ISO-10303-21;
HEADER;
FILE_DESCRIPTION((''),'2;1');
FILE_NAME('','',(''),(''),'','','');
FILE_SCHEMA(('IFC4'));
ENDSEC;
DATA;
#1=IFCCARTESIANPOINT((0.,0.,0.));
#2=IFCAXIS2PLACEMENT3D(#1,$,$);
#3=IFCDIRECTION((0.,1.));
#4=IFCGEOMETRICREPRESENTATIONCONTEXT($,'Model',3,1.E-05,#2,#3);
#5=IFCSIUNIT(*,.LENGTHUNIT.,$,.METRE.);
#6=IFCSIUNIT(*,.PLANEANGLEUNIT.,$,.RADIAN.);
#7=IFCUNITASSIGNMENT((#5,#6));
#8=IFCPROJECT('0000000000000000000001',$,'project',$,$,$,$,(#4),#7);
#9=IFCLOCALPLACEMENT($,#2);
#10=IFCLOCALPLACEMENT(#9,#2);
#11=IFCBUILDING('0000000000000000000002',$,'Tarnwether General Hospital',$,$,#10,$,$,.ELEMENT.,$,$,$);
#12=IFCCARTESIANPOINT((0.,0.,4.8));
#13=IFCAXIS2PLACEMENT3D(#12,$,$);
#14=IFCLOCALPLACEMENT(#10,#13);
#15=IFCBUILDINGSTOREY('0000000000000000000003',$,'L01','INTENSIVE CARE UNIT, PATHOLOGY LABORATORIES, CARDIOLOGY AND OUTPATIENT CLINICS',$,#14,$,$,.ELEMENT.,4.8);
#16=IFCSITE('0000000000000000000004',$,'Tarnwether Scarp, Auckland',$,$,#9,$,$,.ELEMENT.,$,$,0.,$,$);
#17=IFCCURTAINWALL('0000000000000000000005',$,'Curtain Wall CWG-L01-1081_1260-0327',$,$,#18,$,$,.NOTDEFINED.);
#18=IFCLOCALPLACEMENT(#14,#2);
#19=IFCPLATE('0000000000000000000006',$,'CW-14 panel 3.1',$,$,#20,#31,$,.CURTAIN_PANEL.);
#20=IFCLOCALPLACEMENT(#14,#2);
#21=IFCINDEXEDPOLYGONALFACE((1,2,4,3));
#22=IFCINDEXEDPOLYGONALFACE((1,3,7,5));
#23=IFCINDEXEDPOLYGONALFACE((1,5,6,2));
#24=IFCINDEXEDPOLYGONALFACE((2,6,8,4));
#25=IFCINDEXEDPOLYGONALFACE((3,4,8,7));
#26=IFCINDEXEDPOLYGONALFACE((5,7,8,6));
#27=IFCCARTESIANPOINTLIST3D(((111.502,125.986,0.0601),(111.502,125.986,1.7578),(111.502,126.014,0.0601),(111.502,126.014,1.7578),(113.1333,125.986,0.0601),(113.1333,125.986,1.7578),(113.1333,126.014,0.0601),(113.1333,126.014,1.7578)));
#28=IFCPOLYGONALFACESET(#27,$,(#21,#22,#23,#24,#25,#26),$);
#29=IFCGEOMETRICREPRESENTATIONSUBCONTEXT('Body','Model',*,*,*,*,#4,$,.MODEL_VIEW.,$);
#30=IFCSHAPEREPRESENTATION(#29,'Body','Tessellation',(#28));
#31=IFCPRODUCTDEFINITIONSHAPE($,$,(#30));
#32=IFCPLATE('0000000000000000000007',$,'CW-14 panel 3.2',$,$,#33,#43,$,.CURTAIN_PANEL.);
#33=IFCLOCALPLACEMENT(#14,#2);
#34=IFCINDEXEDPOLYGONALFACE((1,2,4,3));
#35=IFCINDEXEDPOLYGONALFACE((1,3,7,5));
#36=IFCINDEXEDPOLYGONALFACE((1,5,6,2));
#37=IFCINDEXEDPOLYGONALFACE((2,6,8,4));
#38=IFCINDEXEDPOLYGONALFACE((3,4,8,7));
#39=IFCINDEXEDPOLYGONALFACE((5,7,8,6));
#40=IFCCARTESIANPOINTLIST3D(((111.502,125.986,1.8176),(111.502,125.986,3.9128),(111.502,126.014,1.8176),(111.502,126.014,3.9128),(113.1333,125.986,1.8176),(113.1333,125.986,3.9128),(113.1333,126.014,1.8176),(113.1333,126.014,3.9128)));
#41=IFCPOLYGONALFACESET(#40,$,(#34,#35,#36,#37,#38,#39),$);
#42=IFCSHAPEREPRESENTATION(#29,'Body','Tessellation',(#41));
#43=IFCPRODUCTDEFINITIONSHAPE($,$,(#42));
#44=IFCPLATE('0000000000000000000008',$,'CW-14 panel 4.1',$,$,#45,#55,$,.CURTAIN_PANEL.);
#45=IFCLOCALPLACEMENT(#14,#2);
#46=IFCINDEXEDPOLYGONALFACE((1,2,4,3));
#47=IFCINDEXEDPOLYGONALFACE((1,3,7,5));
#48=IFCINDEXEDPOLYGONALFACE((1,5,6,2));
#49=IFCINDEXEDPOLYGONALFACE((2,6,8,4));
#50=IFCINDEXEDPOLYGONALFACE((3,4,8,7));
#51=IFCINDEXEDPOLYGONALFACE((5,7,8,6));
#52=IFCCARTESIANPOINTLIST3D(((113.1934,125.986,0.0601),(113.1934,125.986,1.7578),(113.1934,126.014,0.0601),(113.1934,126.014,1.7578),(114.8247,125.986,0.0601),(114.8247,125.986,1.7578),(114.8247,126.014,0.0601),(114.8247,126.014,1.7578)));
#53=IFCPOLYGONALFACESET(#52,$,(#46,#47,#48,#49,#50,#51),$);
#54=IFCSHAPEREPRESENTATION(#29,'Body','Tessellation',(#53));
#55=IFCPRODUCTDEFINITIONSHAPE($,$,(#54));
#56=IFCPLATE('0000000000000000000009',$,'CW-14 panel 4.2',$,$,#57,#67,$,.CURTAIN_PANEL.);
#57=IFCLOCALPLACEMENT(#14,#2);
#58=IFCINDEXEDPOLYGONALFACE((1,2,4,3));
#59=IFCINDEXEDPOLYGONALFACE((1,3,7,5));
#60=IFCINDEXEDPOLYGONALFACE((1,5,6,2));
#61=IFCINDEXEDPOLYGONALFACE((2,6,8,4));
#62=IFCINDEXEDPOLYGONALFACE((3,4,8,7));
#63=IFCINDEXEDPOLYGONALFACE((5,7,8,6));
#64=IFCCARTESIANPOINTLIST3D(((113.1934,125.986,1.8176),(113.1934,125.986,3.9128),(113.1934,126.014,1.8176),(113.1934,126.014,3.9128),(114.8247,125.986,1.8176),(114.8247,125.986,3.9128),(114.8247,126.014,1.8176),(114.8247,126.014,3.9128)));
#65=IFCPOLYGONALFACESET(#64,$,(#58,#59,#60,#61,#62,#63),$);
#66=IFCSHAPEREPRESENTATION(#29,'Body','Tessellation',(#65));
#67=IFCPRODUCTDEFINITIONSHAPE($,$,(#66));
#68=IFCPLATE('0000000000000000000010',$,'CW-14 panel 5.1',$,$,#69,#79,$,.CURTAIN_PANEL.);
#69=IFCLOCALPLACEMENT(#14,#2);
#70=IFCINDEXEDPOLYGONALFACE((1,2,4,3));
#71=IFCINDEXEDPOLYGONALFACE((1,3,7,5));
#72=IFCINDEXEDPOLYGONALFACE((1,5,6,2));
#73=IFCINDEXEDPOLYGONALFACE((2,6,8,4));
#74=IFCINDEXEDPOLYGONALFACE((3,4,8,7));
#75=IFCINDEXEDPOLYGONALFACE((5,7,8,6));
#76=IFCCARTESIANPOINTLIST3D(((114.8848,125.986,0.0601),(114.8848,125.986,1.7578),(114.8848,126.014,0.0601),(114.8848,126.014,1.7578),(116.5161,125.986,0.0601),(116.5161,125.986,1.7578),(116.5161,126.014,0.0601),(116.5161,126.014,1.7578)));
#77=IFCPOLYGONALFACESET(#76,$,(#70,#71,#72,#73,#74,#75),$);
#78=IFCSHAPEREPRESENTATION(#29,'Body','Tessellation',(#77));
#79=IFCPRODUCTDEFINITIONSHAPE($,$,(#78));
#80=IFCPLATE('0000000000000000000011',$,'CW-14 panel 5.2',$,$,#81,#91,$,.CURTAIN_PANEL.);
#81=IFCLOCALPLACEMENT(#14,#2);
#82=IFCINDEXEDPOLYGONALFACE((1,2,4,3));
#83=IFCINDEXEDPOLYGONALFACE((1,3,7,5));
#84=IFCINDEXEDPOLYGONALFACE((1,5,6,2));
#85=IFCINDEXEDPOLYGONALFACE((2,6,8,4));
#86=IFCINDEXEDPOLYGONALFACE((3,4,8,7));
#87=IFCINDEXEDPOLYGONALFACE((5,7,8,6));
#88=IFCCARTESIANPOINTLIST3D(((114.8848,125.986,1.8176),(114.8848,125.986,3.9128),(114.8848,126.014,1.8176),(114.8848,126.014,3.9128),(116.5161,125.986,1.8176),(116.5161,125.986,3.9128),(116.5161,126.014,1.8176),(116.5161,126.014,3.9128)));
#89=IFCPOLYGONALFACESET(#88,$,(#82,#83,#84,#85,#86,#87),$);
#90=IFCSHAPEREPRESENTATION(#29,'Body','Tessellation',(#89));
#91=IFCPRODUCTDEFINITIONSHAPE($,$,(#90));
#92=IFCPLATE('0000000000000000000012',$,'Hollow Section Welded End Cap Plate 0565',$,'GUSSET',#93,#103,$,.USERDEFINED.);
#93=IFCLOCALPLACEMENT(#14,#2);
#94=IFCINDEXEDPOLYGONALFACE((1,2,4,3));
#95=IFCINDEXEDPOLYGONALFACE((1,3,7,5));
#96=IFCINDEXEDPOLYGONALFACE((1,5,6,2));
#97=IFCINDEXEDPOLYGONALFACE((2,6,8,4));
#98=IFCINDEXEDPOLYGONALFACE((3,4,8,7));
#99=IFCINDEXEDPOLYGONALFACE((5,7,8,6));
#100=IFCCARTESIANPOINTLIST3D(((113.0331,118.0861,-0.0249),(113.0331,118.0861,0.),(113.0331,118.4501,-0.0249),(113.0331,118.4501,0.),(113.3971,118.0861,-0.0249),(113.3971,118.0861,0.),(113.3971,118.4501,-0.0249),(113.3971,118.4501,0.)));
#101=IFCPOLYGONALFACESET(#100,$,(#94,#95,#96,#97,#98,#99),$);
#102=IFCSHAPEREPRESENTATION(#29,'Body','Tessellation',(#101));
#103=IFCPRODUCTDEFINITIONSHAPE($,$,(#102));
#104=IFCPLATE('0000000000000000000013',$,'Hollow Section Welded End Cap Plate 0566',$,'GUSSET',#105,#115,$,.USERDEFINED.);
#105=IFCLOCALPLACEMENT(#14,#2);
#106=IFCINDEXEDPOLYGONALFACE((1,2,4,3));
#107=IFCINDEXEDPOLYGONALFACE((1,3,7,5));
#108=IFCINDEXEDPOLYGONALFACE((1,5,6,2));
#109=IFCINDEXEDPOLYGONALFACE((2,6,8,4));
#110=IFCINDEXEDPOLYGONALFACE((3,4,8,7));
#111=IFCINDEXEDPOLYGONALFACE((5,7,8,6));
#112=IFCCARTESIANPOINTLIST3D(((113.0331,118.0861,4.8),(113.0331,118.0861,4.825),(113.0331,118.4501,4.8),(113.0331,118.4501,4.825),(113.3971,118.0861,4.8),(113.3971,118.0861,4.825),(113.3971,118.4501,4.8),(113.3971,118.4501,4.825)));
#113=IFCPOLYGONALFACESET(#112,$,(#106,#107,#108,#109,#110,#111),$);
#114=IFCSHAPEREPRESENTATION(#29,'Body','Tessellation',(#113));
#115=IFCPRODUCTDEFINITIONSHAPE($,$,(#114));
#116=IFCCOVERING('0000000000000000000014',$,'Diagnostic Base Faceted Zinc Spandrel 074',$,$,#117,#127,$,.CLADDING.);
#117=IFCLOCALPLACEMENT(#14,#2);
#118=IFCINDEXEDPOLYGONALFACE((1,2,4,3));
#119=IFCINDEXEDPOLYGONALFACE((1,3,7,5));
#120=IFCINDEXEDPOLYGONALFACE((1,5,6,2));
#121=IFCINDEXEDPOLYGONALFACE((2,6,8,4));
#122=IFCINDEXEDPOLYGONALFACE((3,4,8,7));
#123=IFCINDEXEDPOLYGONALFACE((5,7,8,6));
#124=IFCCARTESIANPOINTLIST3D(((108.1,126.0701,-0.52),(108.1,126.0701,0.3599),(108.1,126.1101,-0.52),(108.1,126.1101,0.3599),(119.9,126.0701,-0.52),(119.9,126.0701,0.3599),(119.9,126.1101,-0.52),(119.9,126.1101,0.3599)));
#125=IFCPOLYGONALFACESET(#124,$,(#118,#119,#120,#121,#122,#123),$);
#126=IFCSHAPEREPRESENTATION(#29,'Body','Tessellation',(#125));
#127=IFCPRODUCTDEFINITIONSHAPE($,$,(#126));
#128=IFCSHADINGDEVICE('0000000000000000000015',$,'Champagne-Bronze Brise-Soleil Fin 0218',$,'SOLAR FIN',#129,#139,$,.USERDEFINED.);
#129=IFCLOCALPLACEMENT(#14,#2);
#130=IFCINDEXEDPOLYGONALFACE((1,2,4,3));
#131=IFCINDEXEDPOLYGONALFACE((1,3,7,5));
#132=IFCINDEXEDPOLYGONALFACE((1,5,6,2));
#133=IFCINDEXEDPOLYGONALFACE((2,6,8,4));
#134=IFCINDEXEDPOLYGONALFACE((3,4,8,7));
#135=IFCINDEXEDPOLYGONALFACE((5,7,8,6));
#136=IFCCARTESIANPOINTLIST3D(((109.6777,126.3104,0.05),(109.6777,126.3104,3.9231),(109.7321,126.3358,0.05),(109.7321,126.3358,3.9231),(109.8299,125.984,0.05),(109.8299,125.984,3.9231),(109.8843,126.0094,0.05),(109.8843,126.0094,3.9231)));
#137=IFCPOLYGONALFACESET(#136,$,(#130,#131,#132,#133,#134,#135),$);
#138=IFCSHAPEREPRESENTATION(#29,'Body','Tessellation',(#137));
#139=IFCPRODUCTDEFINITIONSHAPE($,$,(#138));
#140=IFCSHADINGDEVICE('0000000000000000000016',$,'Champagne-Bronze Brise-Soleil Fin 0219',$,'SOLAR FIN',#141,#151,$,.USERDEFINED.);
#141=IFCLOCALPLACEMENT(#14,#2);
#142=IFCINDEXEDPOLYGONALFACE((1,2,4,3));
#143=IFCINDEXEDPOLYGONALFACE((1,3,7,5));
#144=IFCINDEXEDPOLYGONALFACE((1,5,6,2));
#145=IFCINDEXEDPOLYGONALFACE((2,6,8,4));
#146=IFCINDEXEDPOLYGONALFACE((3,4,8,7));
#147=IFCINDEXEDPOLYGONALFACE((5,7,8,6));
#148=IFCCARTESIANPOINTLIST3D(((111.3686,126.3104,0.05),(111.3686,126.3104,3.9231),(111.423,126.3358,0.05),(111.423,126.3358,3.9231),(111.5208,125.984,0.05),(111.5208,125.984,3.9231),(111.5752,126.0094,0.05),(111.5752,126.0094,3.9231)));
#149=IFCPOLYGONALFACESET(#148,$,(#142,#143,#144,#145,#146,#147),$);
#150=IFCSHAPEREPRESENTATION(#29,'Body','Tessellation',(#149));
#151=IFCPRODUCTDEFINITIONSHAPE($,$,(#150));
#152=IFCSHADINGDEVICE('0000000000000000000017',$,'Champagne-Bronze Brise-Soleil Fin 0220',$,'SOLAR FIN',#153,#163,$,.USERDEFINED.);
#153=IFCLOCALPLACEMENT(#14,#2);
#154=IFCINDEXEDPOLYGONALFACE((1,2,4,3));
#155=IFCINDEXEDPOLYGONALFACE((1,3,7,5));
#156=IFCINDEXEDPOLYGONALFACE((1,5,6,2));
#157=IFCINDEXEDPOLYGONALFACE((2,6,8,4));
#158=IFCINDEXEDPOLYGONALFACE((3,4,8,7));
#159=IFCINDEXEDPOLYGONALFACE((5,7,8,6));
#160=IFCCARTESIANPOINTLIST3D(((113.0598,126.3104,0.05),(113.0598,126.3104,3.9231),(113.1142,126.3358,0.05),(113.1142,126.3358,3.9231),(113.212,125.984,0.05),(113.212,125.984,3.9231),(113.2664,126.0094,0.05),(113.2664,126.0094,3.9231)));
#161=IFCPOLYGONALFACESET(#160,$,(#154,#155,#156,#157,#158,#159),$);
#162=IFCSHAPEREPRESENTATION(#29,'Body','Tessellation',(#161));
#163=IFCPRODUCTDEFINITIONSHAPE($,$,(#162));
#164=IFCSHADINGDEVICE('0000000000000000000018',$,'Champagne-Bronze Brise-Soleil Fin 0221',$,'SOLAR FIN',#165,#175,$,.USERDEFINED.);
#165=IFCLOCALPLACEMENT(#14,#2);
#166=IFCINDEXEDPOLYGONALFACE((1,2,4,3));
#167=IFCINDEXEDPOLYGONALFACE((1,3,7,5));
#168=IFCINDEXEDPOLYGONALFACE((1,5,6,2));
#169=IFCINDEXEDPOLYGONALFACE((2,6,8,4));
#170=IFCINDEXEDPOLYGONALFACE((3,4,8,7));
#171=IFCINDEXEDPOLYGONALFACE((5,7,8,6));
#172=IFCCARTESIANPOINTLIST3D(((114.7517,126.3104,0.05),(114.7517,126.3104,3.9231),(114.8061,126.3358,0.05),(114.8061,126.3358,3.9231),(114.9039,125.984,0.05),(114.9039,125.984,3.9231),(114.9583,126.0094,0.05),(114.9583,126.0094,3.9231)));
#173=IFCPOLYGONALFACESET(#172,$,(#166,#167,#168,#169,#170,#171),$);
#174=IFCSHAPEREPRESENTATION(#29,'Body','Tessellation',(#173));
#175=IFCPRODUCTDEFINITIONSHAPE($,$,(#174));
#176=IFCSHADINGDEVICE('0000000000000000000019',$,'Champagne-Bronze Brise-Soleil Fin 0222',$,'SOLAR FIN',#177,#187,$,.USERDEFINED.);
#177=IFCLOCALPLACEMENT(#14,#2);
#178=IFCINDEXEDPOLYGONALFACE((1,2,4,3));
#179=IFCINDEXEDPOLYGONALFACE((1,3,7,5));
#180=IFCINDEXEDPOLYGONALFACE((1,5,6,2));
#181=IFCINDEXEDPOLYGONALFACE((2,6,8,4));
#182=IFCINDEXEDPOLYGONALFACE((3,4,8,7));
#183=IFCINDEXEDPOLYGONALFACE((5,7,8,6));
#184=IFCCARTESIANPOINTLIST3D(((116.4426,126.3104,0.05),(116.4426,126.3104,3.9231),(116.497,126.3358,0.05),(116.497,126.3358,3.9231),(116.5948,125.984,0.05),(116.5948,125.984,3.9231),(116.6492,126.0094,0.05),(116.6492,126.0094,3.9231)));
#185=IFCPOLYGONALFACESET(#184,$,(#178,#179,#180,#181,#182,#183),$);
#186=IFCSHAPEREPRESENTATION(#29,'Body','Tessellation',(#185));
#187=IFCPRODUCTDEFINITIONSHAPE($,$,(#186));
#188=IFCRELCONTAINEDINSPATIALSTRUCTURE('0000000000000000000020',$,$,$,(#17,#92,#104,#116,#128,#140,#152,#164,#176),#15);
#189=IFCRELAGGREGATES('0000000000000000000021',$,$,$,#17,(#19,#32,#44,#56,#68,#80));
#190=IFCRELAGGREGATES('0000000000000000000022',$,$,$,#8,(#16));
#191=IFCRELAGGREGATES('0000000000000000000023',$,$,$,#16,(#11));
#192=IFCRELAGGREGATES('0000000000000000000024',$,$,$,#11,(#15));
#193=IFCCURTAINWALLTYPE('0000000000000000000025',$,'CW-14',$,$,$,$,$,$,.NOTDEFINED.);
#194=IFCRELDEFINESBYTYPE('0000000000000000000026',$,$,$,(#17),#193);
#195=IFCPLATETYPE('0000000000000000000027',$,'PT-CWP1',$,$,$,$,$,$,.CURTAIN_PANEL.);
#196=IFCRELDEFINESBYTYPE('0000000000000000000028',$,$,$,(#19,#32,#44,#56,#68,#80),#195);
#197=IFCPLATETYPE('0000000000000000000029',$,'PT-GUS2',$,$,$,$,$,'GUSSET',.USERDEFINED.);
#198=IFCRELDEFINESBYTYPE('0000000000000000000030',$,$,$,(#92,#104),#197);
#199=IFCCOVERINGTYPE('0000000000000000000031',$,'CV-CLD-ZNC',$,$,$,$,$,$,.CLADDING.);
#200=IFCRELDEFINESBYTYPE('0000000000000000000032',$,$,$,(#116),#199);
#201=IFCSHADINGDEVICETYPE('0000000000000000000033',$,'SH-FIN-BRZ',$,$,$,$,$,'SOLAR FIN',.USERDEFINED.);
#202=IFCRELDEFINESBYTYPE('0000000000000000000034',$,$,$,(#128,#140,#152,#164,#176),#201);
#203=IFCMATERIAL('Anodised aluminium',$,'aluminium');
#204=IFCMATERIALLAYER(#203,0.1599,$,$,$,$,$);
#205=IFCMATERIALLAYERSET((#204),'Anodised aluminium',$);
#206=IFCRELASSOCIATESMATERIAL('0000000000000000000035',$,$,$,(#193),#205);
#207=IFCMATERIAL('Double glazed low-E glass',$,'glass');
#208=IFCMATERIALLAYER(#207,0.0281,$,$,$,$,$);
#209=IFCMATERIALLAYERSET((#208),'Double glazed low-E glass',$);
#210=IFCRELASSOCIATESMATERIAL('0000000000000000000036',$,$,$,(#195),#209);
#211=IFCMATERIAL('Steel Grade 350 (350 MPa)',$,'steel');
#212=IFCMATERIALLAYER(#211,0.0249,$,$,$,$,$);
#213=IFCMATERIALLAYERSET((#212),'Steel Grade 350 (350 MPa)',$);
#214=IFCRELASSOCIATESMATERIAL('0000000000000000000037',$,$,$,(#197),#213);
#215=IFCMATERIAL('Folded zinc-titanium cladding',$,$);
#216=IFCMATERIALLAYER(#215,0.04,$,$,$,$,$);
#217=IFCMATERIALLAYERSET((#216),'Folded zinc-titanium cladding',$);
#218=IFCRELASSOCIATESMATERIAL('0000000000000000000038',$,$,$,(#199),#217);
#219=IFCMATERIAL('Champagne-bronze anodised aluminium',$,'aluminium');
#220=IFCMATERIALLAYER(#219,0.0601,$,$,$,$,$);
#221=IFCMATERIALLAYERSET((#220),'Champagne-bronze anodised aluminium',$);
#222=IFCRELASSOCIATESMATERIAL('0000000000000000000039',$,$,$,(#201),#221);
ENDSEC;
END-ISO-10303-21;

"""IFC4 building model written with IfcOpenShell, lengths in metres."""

from ifc_helpers import new_model, si_unit, direction, frame, origin, origin_2d, place, context, subcontext, project, spatial, rectangle, extrude, material, layer, layer_set, type_object, element, aggregate, save


model = new_model("IFC4")

# Units and contexts
model_context = context("Model", 3, precision=1e-05, world=origin(), true_north=direction((0.0, 1.0)))
body_context = subcontext(model_context, "Body", "Model", "MODEL_VIEW")
ifc_project = project(units=[si_unit("LENGTHUNIT", "METRE"), si_unit("PLANEANGLEUNIT", "RADIAN")], contexts=[model_context])

# Site, building, storey
site_placement = place(None, origin())
site = spatial("IfcSite", under=ifc_project, at=site_placement, Name="Tarnwether Scarp, Auckland", CompositionType="ELEMENT", RefElevation=0.0)
building_placement = place(site_placement, origin())
building = spatial("IfcBuilding", under=site, at=building_placement, Name="Tarnwether General Hospital", CompositionType="ELEMENT")
storey_placement = place(building_placement, frame((0.0, 0.0, 4.8)))
storey = spatial("IfcBuildingStorey", under=building, at=storey_placement, Name="L01", Description="INTENSIVE CARE UNIT, PATHOLOGY LABORATORIES, CARDIOLOGY AND OUTPATIENT CLINICS", CompositionType="ELEMENT", Elevation=4.8)

# Curtain wall, plates
ifc_material_1 = material(Name="Anodised aluminium", Category="aluminium")
ifc_layer_1 = layer(ifc_material_1, 0.1599)
ifc_layer_set_1 = layer_set([ifc_layer_1], Name="Anodised aluminium")
curtain_wall_type = type_object("IfcCurtainWallType", Name="CW-14", PredefinedType="NOTDEFINED", material=ifc_layer_set_1)
curtain_wall_placement = place(storey_placement, origin())
curtain_wall = element("IfcCurtainWall", 1, at=curtain_wall_placement, inside=storey, type_object=curtain_wall_type, Name="Curtain Wall CWG-L01-1081_1260-0327", PredefinedType="NOTDEFINED")
ifc_material_2 = material(Name="Double glazed low-E glass", Category="glass")
ifc_layer_2 = layer(ifc_material_2, 0.0281)
ifc_layer_set_2 = layer_set([ifc_layer_2], Name="Double glazed low-E glass")
plate_type_1 = type_object("IfcPlateType", Name="PT-CWP1", PredefinedType="CURTAIN_PANEL", material=ifc_layer_set_2)
plate_1_placement = place(storey_placement, frame((112.3176, 126.0, 0.0601), z_axis=(0.0, 0.0, 1.0), x_axis=(1.0, 0.0, 0.0)))
plate_1 = element("IfcPlate", 2, at=plate_1_placement, type_object=plate_type_1, Name="CW-14 panel 3.1", PredefinedType="CURTAIN_PANEL", context=body_context, shape_type="SweptSolid", body=[
    extrude(rectangle(XDim=1.6313, YDim=0.0281, at=origin_2d()), origin(), (0.0, 0.0, 1.0), 1.6978),
])
plate_2_placement = place(storey_placement, frame((112.3176, 126.0, 1.8176), z_axis=(0.0, 0.0, 1.0), x_axis=(1.0, 0.0, 0.0)))
plate_2 = element("IfcPlate", 3, at=plate_2_placement, type_object=plate_type_1, Name="CW-14 panel 3.2", PredefinedType="CURTAIN_PANEL", context=body_context, shape_type="SweptSolid", body=[
    extrude(rectangle(XDim=1.6313, YDim=0.0281, at=origin_2d()), origin(), (0.0, 0.0, 1.0), 2.0952),
])
plate_3_placement = place(storey_placement, frame((114.009, 126.0, 0.0601), z_axis=(0.0, 0.0, 1.0), x_axis=(1.0, 0.0, 0.0)))
plate_3 = element("IfcPlate", 4, at=plate_3_placement, type_object=plate_type_1, Name="CW-14 panel 4.1", PredefinedType="CURTAIN_PANEL", context=body_context, shape_type="SweptSolid", body=[
    extrude(rectangle(XDim=1.6313, YDim=0.0281, at=origin_2d()), origin(), (0.0, 0.0, 1.0), 1.6978),
])
plate_4_placement = place(storey_placement, frame((114.009, 126.0, 1.8176), z_axis=(0.0, 0.0, 1.0), x_axis=(1.0, 0.0, 0.0)))
plate_4 = element("IfcPlate", 5, at=plate_4_placement, type_object=plate_type_1, Name="CW-14 panel 4.2", PredefinedType="CURTAIN_PANEL", context=body_context, shape_type="SweptSolid", body=[
    extrude(rectangle(XDim=1.6313, YDim=0.0281, at=origin_2d()), origin(), (0.0, 0.0, 1.0), 2.0952),
])
plate_5_placement = place(storey_placement, frame((115.7004, 126.0, 0.0601), z_axis=(0.0, 0.0, 1.0), x_axis=(1.0, 0.0, 0.0)))
plate_5 = element("IfcPlate", 6, at=plate_5_placement, type_object=plate_type_1, Name="CW-14 panel 5.1", PredefinedType="CURTAIN_PANEL", context=body_context, shape_type="SweptSolid", body=[
    extrude(rectangle(XDim=1.6313, YDim=0.0281, at=origin_2d()), origin(), (0.0, 0.0, 1.0), 1.6978),
])
plate_6_placement = place(storey_placement, frame((115.7004, 126.0, 1.8176), z_axis=(0.0, 0.0, 1.0), x_axis=(1.0, 0.0, 0.0)))
plate_6 = element("IfcPlate", 7, at=plate_6_placement, type_object=plate_type_1, Name="CW-14 panel 5.2", PredefinedType="CURTAIN_PANEL", context=body_context, shape_type="SweptSolid", body=[
    extrude(rectangle(XDim=1.6313, YDim=0.0281, at=origin_2d()), origin(), (0.0, 0.0, 1.0), 2.0952),
])
aggregate(curtain_wall, [plate_1, plate_2, plate_3, plate_4, plate_5, plate_6])

# Plates
ifc_material_3 = material(Name="Steel Grade 350 (350 MPa)", Category="steel")
ifc_layer_3 = layer(ifc_material_3, 0.0249)
ifc_layer_set_3 = layer_set([ifc_layer_3], Name="Steel Grade 350 (350 MPa)")
plate_type_2 = type_object("IfcPlateType", Name="PT-GUS2", ElementType="GUSSET", PredefinedType="USERDEFINED", material=ifc_layer_set_3)
for number, where, z_axis, x_axis, name in (
    (8, (113.2151, 118.2681, -0.0249), (0.0, 0.0, 1.0), (1.0, 0.0, 0.0), "Hollow Section Welded End Cap Plate 0565"),
    (9, (113.2151, 118.2681, 4.8), (0.0, 0.0, 1.0), (1.0, 0.0, 0.0), "Hollow Section Welded End Cap Plate 0566"),
):
    element("IfcPlate", number, at=place(storey_placement, frame(where, z_axis=z_axis, x_axis=x_axis)), inside=storey, type_object=plate_type_2, Name=name, ObjectType="GUSSET", PredefinedType="USERDEFINED", context=body_context, shape_type="SweptSolid", body=[
        extrude(rectangle(XDim=0.364, YDim=0.364, at=origin_2d()), origin(), (0.0, 0.0, 1.0), 0.0249),
    ])

# Covering
ifc_material_4 = material(Name="Folded zinc-titanium cladding")
ifc_layer_4 = layer(ifc_material_4, 0.04)
ifc_layer_set_4 = layer_set([ifc_layer_4], Name="Folded zinc-titanium cladding")
covering_type = type_object("IfcCoveringType", Name="CV-CLD-ZNC", PredefinedType="CLADDING", material=ifc_layer_set_4)
covering_placement = place(storey_placement, frame((114.0, 126.0901, -0.52), z_axis=(0.0, 0.0, 1.0), x_axis=(1.0, 0.0, 0.0)))
element("IfcCovering", 10, at=covering_placement, inside=storey, type_object=covering_type, Name="Diagnostic Base Faceted Zinc Spandrel 074", PredefinedType="CLADDING", context=body_context, shape_type="SweptSolid", body=[
    extrude(rectangle(XDim=11.8, YDim=0.04, at=origin_2d()), origin(), (0.0, 0.0, 1.0), 0.8799),
])

# Shading devices
ifc_material_5 = material(Name="Champagne-bronze anodised aluminium", Category="aluminium")
ifc_layer_5 = layer(ifc_material_5, 0.0601)
ifc_layer_set_5 = layer_set([ifc_layer_5], Name="Champagne-bronze anodised aluminium")
shading_device_type = type_object("IfcShadingDeviceType", Name="SH-FIN-BRZ", ElementType="SOLAR FIN", PredefinedType="USERDEFINED", material=ifc_layer_set_5)
for number, where, z_axis, x_axis, name in (
    (11, (109.781, 126.1599, 0.05), (0.0, 0.0, 1.0), (0.906308, 0.422618, 0.0), "Champagne-Bronze Brise-Soleil Fin 0218"),
    (12, (111.4719, 126.1599, 0.05), (0.0, 0.0, 1.0), (0.906308, 0.422618, 0.0), "Champagne-Bronze Brise-Soleil Fin 0219"),
    (13, (113.1631, 126.1599, 0.05), (0.0, 0.0, 1.0), (0.906308, 0.422618, 0.0), "Champagne-Bronze Brise-Soleil Fin 0220"),
    (14, (114.855, 126.1599, 0.05), (0.0, 0.0, 1.0), (0.906308, 0.422618, 0.0), "Champagne-Bronze Brise-Soleil Fin 0221"),
    (15, (116.5459, 126.1599, 0.05), (0.0, 0.0, 1.0), (0.906308, 0.422618, 0.0), "Champagne-Bronze Brise-Soleil Fin 0222"),
):
    element("IfcShadingDevice", number, at=place(storey_placement, frame(where, z_axis=z_axis, x_axis=x_axis)), inside=storey, type_object=shading_device_type, Name=name, ObjectType="SOLAR FIN", PredefinedType="USERDEFINED", context=body_context, shape_type="SweptSolid", body=[
        extrude(rectangle(XDim=0.0601, YDim=0.3601, at=origin_2d()), origin(), (0.0, 0.0, 1.0), 3.873),
    ])

save(model, "model.ifc")
